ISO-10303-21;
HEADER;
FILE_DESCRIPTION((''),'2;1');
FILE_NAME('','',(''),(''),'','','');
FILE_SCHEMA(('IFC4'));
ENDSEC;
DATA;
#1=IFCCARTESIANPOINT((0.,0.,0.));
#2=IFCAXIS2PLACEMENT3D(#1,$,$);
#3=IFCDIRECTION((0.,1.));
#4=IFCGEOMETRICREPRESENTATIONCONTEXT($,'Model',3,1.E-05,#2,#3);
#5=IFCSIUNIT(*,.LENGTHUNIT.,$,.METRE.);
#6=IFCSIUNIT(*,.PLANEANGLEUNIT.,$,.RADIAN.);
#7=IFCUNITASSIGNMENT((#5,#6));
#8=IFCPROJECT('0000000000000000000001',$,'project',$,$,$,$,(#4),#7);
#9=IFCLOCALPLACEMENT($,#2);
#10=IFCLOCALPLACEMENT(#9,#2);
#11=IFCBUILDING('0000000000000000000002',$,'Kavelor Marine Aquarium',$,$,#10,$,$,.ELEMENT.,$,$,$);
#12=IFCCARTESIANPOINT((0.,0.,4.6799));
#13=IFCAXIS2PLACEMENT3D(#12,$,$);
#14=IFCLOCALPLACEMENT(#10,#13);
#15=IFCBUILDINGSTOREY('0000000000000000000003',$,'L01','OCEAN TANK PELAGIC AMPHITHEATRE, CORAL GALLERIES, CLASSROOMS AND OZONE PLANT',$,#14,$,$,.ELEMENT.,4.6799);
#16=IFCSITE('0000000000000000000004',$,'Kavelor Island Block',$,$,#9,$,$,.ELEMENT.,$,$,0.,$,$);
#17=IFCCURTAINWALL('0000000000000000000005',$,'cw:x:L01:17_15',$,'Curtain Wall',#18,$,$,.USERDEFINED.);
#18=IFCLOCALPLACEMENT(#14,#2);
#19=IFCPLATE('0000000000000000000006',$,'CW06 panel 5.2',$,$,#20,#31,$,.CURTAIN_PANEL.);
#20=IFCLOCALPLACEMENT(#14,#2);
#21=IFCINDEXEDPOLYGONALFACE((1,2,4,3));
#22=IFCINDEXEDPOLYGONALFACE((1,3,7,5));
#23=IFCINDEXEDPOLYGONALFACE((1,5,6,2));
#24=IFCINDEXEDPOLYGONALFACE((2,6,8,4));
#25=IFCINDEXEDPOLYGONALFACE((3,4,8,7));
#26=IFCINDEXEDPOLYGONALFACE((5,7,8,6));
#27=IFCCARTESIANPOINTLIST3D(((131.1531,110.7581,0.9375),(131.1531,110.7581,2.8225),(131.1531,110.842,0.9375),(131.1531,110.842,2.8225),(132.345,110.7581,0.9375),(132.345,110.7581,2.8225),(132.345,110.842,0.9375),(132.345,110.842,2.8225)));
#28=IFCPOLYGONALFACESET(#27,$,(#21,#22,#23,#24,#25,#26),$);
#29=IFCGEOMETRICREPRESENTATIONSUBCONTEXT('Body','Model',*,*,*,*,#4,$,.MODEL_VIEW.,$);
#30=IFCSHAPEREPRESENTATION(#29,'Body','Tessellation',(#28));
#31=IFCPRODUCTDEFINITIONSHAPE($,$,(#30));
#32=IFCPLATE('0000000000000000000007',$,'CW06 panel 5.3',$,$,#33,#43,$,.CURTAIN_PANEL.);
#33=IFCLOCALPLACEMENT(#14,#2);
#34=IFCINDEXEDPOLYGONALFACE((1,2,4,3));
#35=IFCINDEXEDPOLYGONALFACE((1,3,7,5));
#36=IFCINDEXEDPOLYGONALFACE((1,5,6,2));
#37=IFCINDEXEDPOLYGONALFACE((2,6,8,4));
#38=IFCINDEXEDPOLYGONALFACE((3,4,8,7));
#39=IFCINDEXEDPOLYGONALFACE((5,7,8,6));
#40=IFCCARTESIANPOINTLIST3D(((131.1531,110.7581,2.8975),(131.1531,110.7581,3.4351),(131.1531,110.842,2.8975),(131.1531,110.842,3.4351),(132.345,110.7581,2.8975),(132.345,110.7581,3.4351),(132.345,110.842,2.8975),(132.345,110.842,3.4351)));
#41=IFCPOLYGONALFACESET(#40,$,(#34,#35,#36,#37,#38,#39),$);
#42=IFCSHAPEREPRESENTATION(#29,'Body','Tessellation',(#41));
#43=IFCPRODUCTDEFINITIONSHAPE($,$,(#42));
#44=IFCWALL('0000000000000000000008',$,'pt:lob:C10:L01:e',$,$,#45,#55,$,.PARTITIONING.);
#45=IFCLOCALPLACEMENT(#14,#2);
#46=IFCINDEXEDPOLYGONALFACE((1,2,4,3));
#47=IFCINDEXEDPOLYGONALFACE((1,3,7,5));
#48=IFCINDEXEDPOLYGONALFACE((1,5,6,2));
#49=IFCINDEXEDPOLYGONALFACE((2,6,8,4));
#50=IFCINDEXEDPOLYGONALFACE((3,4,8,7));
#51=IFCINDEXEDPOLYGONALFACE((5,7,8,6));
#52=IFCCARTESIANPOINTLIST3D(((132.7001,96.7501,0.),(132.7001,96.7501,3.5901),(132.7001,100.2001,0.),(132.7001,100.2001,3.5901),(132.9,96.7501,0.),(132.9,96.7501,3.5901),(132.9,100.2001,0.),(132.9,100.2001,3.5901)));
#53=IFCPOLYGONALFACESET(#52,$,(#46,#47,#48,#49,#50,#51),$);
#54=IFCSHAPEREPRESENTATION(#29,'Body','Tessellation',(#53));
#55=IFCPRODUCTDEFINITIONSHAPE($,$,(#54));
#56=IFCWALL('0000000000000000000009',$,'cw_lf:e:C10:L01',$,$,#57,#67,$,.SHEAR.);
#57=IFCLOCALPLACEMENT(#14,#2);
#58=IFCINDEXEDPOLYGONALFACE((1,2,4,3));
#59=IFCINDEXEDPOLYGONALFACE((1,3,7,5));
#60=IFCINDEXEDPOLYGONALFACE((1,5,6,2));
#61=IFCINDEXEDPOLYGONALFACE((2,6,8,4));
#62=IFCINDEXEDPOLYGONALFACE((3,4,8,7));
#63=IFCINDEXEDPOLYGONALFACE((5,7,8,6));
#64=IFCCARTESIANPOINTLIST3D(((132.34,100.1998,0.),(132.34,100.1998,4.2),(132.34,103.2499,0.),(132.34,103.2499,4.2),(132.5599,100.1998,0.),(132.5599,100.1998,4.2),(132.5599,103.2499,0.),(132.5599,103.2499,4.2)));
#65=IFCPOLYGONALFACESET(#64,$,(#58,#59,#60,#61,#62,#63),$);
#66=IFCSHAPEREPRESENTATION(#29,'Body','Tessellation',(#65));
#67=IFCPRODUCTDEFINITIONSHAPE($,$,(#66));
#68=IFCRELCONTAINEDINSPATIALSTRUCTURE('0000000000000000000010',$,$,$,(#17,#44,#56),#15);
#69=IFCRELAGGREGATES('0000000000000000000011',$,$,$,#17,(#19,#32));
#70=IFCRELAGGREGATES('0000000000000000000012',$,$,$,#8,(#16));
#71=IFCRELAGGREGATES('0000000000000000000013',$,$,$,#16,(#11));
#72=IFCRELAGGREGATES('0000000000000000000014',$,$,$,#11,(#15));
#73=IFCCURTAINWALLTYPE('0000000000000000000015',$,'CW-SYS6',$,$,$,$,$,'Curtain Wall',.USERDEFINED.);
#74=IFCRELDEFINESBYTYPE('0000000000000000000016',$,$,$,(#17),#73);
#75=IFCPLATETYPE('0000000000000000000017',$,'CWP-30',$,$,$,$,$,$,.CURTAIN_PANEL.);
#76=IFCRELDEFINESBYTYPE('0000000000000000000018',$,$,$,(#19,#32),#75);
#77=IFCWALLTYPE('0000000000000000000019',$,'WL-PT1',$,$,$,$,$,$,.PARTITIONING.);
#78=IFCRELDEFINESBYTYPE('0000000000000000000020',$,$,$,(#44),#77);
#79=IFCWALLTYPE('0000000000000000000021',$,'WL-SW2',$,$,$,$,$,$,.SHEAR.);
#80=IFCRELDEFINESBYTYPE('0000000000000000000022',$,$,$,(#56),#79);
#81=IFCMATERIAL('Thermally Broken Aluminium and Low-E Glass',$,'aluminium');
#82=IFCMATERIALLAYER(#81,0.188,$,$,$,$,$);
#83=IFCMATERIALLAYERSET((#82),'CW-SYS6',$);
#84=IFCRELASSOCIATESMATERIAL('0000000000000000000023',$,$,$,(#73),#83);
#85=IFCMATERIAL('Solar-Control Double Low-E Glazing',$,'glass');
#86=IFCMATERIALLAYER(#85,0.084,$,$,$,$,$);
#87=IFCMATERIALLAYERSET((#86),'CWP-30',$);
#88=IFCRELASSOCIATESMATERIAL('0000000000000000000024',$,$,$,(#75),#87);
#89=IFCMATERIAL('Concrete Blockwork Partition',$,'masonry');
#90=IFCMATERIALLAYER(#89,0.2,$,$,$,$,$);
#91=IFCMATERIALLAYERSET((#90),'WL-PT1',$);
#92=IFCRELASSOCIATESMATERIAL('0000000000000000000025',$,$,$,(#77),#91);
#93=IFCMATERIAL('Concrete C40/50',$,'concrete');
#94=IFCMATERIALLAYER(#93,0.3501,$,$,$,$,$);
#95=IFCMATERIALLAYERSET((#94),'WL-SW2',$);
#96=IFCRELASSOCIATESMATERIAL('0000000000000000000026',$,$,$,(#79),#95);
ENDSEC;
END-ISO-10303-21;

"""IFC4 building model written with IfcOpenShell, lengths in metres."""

from ifc_helpers import new_model, si_unit, direction, frame, frame_2d, origin, origin_2d, place, context, subcontext, project, spatial, rectangle, extrude, material, layer, layer_set, type_object, element, aggregate, save


model = new_model("IFC4")

# Units and contexts
model_context = context("Model", 3, precision=1e-05, world=origin(), true_north=direction((0.0, 1.0)))
body_context = subcontext(model_context, "Body", "Model", "MODEL_VIEW")
ifc_project = project(units=[si_unit("LENGTHUNIT", "METRE"), si_unit("PLANEANGLEUNIT", "RADIAN")], contexts=[model_context])

# Site, building, storey
site_placement = place(None, origin())
site = spatial("IfcSite", under=ifc_project, at=site_placement, Name="Kavelor Island Block", CompositionType="ELEMENT", RefElevation=0.0)
building_placement = place(site_placement, origin())
building = spatial("IfcBuilding", under=site, at=building_placement, Name="Kavelor Marine Aquarium", CompositionType="ELEMENT")
storey_placement = place(building_placement, frame((0.0, 0.0, 4.6799)))
storey = spatial("IfcBuildingStorey", under=building, at=storey_placement, Name="L01", Description="OCEAN TANK PELAGIC AMPHITHEATRE, CORAL GALLERIES, CLASSROOMS AND OZONE PLANT", CompositionType="ELEMENT", Elevation=4.6799)

# Curtain wall
ifc_material_1 = material(Name="Thermally Broken Aluminium and Low-E Glass", Category="aluminium")
ifc_layer_1 = layer(ifc_material_1, 0.188)
ifc_layer_set_1 = layer_set([ifc_layer_1], Name="CW-SYS6")
curtain_wall_type = type_object("IfcCurtainWallType", Name="CW-SYS6", ElementType="Curtain Wall", PredefinedType="USERDEFINED", material=ifc_layer_set_1)
curtain_wall_placement = place(storey_placement, origin())
curtain_wall = element("IfcCurtainWall", 1, at=curtain_wall_placement, inside=storey, type_object=curtain_wall_type, Name="cw:x:L01:17_15", ObjectType="Curtain Wall", PredefinedType="USERDEFINED")

# Plates
ifc_material_2 = material(Name="Solar-Control Double Low-E Glazing", Category="glass")
ifc_layer_2 = layer(ifc_material_2, 0.084)
ifc_layer_set_2 = layer_set([ifc_layer_2], Name="CWP-30")
plate_type = type_object("IfcPlateType", Name="CWP-30", PredefinedType="CURTAIN_PANEL", material=ifc_layer_set_2)
plate_1_placement = place(storey_placement, frame((131.749, 110.8, 0.9375), z_axis=(0.0, 0.0, 1.0), x_axis=(1.0, 0.0, 0.0)))
plate_1 = element("IfcPlate", 2, at=plate_1_placement, type_object=plate_type, Name="CW06 panel 5.2", PredefinedType="CURTAIN_PANEL", context=body_context, shape_type="SweptSolid", body=[
    extrude(rectangle(XDim=1.1919, YDim=0.084, at=origin_2d()), origin(), (0.0, 0.0, 1.0), 1.885),
])
plate_2_placement = place(storey_placement, frame((131.749, 110.8, 2.8975), z_axis=(0.0, 0.0, 1.0), x_axis=(1.0, 0.0, 0.0)))
plate_2 = element("IfcPlate", 3, at=plate_2_placement, type_object=plate_type, Name="CW06 panel 5.3", PredefinedType="CURTAIN_PANEL", context=body_context, shape_type="SweptSolid", body=[
    extrude(rectangle(XDim=1.1919, YDim=0.084, at=origin_2d()), origin(), (0.0, 0.0, 1.0), 0.5376),
])
aggregate(curtain_wall, [plate_1, plate_2])

# Walls
ifc_material_3 = material(Name="Concrete Blockwork Partition", Category="masonry")
ifc_layer_3 = layer(ifc_material_3, 0.2)
ifc_layer_set_3 = layer_set([ifc_layer_3], Name="WL-PT1")
wall_type_1 = type_object("IfcWallType", Name="WL-PT1", PredefinedType="PARTITIONING", material=ifc_layer_set_3)
wall_1_placement = place(storey_placement, frame((132.8, 96.75, 0.0), z_axis=(0.0, 0.0, 1.0), x_axis=(0.0, 1.0, 0.0)))
element("IfcWall", 4, at=wall_1_placement, inside=storey, type_object=wall_type_1, Name="pt:lob:C10:L01:e", PredefinedType="PARTITIONING", context=body_context, shape_type="SweptSolid", body=[
    extrude(rectangle(XDim=3.45, YDim=0.2, at=frame_2d((1.7251, 0.0))), origin(), (0.0, 0.0, 1.0), 3.5901),
])
ifc_material_4 = material(Name="Concrete C40/50", Category="concrete")
ifc_layer_4 = layer(ifc_material_4, 0.3501)
ifc_layer_set_4 = layer_set([ifc_layer_4], Name="WL-SW2")
wall_type_2 = type_object("IfcWallType", Name="WL-SW2", PredefinedType="SHEAR", material=ifc_layer_set_4)
wall_2_placement = place(storey_placement, frame((132.45, 100.2, 0.0), z_axis=(0.0, 0.0, 1.0), x_axis=(0.0, 1.0, 0.0)))
element("IfcWall", 5, at=wall_2_placement, inside=storey, type_object=wall_type_2, Name="cw_lf:e:C10:L01", PredefinedType="SHEAR", context=body_context, shape_type="SweptSolid", body=[
    extrude(rectangle(XDim=3.05, YDim=0.22, at=frame_2d((1.5249, 0.0))), origin(), (0.0, 0.0, 1.0), 4.2),
])

save(model, "model.ifc")
